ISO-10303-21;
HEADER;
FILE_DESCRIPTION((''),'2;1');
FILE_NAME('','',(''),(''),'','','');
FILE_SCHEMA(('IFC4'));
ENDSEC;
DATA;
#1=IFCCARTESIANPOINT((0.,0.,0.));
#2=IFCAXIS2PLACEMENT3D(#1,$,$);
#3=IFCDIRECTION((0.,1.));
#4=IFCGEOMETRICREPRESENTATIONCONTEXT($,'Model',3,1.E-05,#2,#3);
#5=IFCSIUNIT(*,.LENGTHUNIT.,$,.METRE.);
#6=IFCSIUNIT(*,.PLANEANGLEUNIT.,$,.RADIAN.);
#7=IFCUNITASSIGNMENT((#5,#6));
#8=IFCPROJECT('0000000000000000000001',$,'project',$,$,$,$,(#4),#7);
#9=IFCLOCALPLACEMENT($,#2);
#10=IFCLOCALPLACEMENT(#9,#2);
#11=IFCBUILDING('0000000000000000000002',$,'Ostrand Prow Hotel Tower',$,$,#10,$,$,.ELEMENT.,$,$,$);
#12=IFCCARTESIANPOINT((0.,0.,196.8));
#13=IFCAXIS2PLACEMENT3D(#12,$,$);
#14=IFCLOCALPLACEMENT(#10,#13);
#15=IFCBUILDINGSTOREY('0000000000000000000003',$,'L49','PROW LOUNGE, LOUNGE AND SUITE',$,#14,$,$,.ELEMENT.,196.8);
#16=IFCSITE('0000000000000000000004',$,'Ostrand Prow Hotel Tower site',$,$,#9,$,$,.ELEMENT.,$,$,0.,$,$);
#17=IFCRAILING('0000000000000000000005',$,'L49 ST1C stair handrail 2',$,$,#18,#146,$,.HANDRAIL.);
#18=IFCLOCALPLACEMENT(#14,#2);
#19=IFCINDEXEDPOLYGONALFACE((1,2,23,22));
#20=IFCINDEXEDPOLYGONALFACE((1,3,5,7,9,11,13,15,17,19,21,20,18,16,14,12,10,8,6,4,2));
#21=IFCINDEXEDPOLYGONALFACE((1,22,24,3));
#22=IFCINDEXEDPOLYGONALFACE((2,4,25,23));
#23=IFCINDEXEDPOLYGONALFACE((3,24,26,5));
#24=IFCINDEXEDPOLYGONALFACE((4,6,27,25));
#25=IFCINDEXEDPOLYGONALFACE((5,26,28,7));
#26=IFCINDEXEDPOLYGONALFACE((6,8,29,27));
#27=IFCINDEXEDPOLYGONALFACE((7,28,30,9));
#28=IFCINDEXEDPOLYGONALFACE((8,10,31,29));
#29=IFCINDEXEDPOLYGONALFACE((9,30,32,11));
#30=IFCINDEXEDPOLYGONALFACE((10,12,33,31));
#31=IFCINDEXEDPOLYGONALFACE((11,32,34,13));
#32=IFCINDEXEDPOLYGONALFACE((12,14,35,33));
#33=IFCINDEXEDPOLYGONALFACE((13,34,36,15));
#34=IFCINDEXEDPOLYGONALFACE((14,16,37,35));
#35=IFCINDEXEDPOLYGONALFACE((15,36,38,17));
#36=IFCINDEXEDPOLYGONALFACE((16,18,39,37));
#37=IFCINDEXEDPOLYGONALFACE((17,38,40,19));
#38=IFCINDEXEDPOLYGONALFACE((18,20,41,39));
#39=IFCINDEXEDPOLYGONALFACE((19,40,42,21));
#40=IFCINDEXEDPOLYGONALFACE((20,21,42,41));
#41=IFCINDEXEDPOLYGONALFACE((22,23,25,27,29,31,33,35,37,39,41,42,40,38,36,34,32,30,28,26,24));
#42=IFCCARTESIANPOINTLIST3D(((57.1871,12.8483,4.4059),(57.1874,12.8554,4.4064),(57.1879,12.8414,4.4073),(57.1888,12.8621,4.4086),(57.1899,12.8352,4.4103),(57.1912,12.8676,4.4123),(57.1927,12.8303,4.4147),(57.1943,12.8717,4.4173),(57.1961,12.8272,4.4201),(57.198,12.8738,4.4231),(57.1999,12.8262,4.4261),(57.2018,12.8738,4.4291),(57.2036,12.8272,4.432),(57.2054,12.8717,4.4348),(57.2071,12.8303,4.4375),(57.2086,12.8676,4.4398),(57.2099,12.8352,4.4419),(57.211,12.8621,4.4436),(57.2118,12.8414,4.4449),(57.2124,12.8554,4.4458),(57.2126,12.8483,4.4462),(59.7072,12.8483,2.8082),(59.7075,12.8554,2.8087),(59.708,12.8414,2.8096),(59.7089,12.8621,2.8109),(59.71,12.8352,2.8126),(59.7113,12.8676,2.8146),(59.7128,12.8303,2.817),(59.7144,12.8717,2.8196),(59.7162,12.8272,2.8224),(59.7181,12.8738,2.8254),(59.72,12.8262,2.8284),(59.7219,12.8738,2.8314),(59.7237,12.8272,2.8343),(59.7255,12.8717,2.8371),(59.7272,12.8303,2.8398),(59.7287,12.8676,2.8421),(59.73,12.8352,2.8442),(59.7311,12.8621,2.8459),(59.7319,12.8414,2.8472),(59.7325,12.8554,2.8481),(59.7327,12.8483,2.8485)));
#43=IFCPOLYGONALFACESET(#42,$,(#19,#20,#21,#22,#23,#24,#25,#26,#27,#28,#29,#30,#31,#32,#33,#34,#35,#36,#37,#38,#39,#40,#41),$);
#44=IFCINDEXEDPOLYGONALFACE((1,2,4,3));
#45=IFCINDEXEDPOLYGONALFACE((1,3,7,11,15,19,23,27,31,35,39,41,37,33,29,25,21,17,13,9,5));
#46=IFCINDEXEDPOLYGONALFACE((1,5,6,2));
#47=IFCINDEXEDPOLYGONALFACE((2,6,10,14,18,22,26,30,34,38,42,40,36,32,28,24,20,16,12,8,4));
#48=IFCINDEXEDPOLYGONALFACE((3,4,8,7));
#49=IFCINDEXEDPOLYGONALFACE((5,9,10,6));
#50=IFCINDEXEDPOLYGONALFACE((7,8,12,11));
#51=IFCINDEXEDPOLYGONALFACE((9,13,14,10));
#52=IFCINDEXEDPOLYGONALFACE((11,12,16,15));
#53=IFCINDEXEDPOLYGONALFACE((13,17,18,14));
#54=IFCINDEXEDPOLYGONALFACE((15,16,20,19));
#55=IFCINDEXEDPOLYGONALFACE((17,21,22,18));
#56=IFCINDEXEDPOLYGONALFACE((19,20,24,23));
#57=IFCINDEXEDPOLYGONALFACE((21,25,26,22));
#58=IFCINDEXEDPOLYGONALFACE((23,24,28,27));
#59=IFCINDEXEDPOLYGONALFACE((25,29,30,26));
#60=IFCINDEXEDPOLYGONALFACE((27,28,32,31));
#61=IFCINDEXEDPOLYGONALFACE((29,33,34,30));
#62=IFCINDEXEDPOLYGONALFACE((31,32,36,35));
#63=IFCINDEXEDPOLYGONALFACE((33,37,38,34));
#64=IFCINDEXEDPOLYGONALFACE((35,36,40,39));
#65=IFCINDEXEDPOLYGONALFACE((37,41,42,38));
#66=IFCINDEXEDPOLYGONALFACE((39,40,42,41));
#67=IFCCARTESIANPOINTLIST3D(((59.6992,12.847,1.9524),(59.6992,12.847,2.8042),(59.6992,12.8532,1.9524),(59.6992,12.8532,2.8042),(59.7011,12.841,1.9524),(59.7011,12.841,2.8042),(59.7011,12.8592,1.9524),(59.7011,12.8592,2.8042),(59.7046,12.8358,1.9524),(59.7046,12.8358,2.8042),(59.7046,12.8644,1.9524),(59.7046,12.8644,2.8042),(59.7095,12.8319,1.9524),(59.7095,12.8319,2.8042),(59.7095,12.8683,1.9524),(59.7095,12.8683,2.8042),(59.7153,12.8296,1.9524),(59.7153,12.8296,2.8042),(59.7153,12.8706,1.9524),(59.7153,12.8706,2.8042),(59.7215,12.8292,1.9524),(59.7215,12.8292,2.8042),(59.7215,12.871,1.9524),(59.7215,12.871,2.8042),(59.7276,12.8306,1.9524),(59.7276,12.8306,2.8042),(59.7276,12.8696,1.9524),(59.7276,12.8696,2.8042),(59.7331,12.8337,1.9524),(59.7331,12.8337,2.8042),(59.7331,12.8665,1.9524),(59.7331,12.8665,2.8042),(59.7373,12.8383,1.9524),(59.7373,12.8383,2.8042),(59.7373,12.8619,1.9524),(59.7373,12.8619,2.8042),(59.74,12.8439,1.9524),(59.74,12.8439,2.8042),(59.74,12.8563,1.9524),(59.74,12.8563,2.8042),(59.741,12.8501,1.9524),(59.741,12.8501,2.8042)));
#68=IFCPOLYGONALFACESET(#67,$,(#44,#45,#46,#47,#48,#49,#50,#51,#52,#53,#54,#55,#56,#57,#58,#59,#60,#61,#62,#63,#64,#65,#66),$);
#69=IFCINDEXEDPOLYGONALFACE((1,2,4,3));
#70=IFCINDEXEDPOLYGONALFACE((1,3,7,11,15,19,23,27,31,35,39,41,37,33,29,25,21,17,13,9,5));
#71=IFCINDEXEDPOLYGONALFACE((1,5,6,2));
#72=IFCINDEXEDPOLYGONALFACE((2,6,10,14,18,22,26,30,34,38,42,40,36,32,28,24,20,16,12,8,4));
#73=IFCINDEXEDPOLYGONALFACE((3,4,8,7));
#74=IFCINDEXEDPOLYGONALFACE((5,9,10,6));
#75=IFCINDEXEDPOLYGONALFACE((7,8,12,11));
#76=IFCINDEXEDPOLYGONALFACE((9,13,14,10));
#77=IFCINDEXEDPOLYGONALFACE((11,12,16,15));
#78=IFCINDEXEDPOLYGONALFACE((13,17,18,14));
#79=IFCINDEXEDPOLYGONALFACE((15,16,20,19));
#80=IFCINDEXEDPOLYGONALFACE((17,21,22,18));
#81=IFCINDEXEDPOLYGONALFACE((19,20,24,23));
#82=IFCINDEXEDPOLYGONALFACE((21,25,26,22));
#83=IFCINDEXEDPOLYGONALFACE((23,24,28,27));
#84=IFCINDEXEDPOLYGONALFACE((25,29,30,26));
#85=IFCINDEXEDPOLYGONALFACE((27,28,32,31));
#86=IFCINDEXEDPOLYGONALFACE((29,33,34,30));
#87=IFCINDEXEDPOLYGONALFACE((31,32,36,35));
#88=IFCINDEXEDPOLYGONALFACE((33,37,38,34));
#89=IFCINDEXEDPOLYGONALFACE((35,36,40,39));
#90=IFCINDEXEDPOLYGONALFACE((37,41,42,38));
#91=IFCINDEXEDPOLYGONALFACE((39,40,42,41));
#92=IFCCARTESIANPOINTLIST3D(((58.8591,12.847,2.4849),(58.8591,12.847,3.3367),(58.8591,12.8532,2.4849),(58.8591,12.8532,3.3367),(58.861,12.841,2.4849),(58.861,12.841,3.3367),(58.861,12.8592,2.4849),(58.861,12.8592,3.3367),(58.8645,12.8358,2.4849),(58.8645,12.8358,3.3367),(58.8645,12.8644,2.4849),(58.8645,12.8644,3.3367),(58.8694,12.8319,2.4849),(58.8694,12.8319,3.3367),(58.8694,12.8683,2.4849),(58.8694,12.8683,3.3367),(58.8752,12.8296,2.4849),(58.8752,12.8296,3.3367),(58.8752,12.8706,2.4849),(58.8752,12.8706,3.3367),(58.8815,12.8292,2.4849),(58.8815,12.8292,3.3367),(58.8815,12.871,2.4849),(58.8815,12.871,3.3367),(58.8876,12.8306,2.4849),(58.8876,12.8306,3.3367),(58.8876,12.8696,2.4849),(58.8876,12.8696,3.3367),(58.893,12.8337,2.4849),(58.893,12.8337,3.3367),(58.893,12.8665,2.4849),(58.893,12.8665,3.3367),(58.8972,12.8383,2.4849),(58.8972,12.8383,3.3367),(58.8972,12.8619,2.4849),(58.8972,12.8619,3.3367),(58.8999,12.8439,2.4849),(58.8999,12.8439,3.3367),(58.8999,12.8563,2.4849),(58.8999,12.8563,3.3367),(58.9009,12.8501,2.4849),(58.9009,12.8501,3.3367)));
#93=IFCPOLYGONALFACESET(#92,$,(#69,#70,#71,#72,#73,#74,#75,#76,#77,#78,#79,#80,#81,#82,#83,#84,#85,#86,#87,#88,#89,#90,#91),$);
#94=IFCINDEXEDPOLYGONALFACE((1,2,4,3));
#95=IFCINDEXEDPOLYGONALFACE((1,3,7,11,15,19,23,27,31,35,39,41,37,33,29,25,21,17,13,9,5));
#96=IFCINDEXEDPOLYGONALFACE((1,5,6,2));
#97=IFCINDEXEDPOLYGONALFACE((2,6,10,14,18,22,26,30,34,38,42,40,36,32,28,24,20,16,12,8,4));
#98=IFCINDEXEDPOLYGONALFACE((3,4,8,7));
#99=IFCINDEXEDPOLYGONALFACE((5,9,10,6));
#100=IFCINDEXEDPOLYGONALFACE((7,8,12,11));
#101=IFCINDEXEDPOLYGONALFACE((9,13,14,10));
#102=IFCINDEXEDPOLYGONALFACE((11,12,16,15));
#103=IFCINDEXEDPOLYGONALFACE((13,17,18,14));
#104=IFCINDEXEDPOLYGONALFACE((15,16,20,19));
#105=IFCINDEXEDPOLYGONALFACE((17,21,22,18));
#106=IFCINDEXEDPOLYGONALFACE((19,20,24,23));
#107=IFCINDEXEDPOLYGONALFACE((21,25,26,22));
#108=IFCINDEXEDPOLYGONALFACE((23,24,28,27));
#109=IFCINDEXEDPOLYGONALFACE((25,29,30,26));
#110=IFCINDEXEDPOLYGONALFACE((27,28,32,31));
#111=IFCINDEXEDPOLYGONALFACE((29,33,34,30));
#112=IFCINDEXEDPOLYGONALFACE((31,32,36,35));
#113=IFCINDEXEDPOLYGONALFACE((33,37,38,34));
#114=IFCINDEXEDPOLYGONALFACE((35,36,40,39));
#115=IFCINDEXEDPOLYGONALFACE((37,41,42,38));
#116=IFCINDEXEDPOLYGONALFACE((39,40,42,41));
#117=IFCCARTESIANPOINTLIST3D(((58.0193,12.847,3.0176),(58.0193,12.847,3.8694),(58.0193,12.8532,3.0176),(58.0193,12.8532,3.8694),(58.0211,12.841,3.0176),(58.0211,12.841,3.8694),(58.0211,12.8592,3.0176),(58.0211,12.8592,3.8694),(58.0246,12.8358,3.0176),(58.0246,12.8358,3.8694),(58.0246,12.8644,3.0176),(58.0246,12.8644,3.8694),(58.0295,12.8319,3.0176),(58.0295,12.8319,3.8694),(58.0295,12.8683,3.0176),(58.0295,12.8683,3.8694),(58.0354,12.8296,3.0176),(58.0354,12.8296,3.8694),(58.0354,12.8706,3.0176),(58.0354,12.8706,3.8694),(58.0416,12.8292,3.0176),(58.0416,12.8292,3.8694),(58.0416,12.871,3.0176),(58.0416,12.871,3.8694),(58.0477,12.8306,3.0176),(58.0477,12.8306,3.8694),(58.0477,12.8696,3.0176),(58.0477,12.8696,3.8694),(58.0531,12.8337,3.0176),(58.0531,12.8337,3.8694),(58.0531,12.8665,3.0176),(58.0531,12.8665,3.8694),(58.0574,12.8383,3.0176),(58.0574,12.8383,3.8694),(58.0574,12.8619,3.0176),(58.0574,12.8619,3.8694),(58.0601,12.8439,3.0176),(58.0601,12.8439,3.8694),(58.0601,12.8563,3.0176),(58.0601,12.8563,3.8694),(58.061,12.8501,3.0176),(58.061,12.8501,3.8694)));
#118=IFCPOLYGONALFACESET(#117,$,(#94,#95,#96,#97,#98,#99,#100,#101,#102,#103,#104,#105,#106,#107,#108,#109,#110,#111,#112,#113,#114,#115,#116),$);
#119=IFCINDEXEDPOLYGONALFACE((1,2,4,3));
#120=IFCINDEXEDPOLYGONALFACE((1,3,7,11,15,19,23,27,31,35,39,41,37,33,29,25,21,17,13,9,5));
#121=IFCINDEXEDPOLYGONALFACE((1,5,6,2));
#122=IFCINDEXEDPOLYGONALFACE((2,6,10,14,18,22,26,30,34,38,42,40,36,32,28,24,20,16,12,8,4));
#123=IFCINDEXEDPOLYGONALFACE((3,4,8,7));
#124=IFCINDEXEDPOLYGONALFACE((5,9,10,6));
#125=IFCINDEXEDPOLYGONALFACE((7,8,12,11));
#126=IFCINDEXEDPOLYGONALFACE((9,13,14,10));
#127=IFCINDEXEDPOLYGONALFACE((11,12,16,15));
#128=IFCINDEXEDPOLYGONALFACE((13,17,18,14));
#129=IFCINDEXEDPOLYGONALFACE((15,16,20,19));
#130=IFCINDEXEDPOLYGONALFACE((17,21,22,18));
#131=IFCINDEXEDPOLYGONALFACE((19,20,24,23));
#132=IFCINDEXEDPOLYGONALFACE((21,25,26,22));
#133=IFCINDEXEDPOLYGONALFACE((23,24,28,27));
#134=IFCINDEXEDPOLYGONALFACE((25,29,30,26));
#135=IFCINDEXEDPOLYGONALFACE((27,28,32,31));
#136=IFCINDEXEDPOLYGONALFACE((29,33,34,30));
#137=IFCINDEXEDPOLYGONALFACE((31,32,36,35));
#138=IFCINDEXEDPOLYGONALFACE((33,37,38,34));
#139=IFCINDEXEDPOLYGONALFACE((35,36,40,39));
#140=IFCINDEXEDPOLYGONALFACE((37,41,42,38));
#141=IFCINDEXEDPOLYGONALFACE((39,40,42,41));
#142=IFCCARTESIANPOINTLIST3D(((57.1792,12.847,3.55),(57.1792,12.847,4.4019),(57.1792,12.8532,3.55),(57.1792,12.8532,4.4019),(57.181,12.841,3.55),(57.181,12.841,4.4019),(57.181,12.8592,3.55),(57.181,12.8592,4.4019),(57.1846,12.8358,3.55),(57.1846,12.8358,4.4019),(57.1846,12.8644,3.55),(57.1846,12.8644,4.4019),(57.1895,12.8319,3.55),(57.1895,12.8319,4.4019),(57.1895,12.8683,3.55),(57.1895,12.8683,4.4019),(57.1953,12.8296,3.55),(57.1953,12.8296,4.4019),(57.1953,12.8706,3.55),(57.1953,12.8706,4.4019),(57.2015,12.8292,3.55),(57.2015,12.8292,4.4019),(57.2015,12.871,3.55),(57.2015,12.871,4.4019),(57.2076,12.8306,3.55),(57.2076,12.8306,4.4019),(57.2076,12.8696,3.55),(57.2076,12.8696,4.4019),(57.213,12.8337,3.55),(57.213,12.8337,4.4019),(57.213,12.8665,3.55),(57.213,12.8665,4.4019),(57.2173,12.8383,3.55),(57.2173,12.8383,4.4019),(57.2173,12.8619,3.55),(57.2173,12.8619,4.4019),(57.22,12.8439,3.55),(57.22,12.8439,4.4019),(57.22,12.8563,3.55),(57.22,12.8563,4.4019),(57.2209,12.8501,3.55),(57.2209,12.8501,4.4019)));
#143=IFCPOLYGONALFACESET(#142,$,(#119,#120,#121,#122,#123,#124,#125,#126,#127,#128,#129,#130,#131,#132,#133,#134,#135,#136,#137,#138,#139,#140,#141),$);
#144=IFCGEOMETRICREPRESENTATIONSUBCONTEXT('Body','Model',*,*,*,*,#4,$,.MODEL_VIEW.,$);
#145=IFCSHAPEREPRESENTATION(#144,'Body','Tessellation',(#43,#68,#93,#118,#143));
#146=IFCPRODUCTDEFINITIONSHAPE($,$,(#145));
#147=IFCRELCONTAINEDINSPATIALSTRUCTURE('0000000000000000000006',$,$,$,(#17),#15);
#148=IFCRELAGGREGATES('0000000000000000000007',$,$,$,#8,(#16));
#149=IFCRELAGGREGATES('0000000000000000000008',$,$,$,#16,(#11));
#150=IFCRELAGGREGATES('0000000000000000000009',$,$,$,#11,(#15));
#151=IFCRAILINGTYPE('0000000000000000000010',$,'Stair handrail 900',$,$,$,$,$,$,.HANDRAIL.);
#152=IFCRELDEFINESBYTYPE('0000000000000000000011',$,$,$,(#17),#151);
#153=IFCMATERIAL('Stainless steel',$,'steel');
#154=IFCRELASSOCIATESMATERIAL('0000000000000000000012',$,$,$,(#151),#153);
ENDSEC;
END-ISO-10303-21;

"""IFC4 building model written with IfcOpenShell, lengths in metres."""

from ifc_helpers import new_model, si_unit, direction, frame, origin, origin_2d, place, context, subcontext, project, spatial, circle, extrude, material, type_object, element, save


model = new_model("IFC4")

# Units and contexts
model_context = context("Model", 3, precision=1e-05, world=origin(), true_north=direction((0.0, 1.0)))
body_context = subcontext(model_context, "Body", "Model", "MODEL_VIEW")
ifc_project = project(units=[si_unit("LENGTHUNIT", "METRE"), si_unit("PLANEANGLEUNIT", "RADIAN")], contexts=[model_context])

# Site, building, storey
site_placement = place(None, origin())
site = spatial("IfcSite", under=ifc_project, at=site_placement, Name="Ostrand Prow Hotel Tower site", CompositionType="ELEMENT", RefElevation=0.0)
building_placement = place(site_placement, origin())
building = spatial("IfcBuilding", under=site, at=building_placement, Name="Ostrand Prow Hotel Tower", CompositionType="ELEMENT")
storey_placement = place(building_placement, frame((0.0, 0.0, 196.8)))
storey = spatial("IfcBuildingStorey", under=building, at=storey_placement, Name="L49", Description="PROW LOUNGE, LOUNGE AND SUITE", CompositionType="ELEMENT", Elevation=196.8)

# Railing
ifc_material_1 = material(Name="Stainless steel", Category="steel")
railing_type_1 = type_object("IfcRailingType", Name="Stair handrail 900", PredefinedType="HANDRAIL", material=ifc_material_1)
railing_1_placement = place(storey_placement, frame((59.72, 12.8501, 1.9524)))
element("IfcRailing", 1, at=railing_1_placement, inside=storey, type_object=railing_type_1, Name="L49 ST1C stair handrail 2", PredefinedType="HANDRAIL", context=body_context, shape_type="SweptSolid", body=[
    extrude(circle(Radius=0.0239, at=origin_2d()), frame((0.0, 0.0, 0.876), z_axis=(-0.84457, 0.0, 0.535445), x_axis=(0.0, -1.0, 0.0)), (0.0, 0.0, 1.0), 2.9839),
    extrude(circle(Radius=0.021, at=origin_2d()), origin(), (0.0, 0.0, 1.0), 0.8518),
    extrude(circle(Radius=0.021, at=origin_2d()), frame((-0.8401, 0.0, 0.5325)), (0.0, 0.0, 1.0), 0.8518),
    extrude(circle(Radius=0.021, at=origin_2d()), frame((-1.6799, 0.0, 1.0652)), (0.0, 0.0, 1.0), 0.8518),
    extrude(circle(Radius=0.021, at=origin_2d()), frame((-2.52, 0.0, 1.5977)), (0.0, 0.0, 1.0), 0.8518),
])

save(model, "model.ifc")
